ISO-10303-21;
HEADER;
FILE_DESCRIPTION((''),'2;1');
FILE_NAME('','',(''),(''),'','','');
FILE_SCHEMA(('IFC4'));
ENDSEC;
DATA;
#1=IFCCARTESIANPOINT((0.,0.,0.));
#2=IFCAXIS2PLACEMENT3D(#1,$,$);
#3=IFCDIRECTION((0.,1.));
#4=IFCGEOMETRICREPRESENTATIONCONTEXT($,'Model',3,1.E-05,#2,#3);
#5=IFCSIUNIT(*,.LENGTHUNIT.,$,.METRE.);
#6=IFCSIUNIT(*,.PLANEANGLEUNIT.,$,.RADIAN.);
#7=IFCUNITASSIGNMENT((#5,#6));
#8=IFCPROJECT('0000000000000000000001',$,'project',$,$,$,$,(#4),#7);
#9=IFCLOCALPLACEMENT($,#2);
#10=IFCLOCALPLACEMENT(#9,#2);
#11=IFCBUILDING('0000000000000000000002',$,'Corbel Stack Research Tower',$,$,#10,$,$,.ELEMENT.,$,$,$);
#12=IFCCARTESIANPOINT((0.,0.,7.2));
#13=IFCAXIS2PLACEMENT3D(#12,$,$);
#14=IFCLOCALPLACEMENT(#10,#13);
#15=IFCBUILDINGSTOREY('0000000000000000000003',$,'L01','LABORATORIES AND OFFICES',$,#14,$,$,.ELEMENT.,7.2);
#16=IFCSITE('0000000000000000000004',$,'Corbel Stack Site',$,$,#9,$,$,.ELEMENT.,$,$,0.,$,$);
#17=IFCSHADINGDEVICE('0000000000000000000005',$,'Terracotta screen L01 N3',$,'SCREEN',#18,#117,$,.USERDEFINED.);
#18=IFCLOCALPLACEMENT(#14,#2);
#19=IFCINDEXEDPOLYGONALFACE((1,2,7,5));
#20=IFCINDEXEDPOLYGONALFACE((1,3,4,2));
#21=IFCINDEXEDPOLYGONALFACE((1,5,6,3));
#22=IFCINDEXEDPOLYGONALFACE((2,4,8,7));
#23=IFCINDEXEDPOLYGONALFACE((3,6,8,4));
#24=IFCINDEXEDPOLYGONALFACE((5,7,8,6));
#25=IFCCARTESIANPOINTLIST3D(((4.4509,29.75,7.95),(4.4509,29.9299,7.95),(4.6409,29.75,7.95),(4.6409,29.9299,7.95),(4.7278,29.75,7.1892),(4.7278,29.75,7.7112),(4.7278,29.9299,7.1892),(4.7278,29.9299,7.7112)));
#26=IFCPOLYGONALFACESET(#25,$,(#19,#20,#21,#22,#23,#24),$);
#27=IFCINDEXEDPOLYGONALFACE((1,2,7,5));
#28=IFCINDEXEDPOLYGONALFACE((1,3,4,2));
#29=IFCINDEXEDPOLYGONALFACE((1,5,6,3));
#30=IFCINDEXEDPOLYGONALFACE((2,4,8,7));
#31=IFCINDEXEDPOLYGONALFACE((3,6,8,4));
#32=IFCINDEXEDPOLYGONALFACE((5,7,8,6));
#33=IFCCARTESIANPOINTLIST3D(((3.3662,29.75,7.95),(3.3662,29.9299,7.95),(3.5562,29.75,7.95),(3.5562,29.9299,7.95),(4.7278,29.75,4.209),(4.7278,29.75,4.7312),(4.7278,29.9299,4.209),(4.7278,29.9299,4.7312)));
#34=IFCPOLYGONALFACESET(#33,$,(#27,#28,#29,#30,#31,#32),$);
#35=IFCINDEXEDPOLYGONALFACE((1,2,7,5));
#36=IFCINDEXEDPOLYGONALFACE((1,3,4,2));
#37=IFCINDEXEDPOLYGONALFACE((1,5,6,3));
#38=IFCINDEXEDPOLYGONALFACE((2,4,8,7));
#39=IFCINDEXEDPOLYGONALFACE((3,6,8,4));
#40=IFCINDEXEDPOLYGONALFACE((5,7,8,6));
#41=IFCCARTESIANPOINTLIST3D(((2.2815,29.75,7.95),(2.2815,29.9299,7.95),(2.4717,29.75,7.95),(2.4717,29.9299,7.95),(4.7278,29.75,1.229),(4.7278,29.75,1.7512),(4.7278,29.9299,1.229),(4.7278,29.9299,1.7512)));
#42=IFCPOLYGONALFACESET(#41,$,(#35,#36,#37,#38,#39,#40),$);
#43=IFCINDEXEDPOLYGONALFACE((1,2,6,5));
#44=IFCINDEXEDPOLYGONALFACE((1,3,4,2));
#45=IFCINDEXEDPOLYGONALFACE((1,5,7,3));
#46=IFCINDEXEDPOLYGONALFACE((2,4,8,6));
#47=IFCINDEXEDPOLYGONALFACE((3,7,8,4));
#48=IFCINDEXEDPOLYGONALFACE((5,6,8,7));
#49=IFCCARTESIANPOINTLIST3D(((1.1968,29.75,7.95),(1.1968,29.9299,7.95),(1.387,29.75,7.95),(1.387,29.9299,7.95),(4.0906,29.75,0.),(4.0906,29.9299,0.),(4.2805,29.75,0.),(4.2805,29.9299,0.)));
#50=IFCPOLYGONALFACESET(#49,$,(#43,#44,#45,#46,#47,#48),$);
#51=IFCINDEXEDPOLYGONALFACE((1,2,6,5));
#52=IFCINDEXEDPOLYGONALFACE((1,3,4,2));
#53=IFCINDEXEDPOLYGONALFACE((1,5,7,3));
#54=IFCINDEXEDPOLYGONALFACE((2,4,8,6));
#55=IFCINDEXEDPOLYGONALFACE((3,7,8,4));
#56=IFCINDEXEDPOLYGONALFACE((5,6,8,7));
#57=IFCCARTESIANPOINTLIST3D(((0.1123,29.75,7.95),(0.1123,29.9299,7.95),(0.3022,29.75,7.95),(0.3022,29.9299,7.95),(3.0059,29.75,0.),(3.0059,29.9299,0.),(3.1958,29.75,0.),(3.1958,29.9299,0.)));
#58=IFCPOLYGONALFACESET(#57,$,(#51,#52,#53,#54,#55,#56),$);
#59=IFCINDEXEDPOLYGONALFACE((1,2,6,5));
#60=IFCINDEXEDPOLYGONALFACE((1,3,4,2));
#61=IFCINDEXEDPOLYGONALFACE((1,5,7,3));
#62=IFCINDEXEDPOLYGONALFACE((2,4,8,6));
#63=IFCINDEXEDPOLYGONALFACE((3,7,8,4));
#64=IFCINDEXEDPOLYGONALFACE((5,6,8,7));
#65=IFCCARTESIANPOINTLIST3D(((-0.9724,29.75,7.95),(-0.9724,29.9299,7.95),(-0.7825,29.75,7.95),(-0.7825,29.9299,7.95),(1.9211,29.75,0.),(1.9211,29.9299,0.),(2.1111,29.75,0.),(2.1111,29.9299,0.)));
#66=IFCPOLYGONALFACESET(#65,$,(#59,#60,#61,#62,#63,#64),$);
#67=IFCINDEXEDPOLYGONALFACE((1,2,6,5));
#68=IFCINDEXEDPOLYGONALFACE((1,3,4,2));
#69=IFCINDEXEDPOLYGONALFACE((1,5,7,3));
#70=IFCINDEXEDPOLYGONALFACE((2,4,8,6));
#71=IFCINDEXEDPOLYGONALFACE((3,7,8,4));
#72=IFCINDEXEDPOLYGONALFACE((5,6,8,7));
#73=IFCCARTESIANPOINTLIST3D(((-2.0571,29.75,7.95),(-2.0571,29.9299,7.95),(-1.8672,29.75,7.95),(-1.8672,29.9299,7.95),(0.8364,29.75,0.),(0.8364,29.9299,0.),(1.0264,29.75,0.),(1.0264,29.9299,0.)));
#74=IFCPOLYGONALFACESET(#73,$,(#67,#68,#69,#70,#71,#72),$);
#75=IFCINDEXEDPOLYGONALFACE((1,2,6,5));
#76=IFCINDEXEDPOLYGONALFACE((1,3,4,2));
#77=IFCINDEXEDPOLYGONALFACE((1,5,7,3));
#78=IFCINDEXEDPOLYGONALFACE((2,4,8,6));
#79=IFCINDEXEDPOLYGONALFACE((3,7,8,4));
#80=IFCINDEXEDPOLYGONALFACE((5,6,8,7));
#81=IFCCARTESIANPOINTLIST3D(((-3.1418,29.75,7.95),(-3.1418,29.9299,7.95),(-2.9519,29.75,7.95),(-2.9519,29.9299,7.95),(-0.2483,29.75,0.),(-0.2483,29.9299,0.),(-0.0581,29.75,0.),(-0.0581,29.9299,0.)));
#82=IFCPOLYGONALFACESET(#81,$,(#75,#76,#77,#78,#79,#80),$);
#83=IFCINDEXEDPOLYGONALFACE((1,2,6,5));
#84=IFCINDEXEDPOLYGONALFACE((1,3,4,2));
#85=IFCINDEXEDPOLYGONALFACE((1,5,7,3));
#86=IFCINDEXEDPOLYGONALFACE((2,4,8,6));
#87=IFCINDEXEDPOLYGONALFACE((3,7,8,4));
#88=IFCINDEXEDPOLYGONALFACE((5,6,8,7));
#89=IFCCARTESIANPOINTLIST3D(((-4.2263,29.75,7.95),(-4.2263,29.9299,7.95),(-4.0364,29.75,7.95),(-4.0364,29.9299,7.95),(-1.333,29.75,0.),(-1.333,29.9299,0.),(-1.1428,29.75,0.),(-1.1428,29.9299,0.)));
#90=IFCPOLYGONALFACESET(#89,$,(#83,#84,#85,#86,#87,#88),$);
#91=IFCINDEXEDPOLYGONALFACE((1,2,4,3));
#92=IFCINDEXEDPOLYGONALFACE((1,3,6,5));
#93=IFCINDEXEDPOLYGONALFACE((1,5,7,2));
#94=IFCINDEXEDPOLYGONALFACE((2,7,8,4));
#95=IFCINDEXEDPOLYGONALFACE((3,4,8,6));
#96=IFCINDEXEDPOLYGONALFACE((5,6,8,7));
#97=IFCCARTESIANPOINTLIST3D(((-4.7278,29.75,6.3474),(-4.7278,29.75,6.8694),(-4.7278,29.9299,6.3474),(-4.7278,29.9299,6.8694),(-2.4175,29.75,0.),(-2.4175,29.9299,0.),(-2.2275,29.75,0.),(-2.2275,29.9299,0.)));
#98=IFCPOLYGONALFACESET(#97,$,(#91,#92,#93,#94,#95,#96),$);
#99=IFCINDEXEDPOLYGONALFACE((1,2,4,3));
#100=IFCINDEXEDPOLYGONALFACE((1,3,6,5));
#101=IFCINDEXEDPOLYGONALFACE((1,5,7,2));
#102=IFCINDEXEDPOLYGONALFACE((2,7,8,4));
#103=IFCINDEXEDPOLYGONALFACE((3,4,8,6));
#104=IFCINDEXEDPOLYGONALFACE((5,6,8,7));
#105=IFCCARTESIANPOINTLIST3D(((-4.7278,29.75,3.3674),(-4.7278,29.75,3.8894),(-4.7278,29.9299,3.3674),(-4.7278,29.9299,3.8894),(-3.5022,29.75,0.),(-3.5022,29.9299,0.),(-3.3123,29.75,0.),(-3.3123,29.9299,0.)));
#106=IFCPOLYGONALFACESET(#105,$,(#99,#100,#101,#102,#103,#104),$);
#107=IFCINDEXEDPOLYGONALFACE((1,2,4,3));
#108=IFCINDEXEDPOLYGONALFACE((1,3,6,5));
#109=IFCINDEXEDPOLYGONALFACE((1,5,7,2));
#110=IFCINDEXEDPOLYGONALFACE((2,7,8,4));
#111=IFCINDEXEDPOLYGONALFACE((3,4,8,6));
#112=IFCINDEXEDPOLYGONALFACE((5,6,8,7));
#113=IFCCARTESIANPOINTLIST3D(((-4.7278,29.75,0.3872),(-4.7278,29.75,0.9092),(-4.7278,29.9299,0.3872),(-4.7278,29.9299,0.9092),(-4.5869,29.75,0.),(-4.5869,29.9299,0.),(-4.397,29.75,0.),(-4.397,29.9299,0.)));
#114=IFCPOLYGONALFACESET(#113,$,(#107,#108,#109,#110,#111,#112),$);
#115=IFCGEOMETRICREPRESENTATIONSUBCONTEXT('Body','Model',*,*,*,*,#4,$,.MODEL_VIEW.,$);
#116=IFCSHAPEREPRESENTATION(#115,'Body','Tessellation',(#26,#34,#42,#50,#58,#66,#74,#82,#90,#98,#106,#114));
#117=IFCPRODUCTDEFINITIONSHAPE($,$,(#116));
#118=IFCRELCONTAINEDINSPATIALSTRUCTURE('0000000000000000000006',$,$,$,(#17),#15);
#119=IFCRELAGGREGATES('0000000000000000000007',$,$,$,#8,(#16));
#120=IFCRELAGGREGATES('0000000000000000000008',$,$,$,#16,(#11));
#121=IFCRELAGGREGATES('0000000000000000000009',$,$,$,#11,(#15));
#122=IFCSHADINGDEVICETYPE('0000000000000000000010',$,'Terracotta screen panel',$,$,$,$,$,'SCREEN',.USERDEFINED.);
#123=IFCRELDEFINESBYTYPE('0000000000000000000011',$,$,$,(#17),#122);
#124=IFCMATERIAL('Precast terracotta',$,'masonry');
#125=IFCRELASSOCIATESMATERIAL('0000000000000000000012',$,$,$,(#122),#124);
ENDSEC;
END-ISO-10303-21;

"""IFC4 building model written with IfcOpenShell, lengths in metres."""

from ifc_helpers import new_model, si_unit, direction, frame, origin, place, context, subcontext, project, spatial, polyline, outline, extrude, source, transform, mapped, material, type_object, element, save


model = new_model("IFC4")

# Units and contexts
model_context = context("Model", 3, precision=1e-05, world=origin(), true_north=direction((0.0, 1.0)))
body_context = subcontext(model_context, "Body", "Model", "MODEL_VIEW")
ifc_project = project(units=[si_unit("LENGTHUNIT", "METRE"), si_unit("PLANEANGLEUNIT", "RADIAN")], contexts=[model_context])

# Site, building, storey
site_placement = place(None, origin())
site = spatial("IfcSite", under=ifc_project, at=site_placement, Name="Corbel Stack Site", CompositionType="ELEMENT", RefElevation=0.0)
building_placement = place(site_placement, origin())
building = spatial("IfcBuilding", under=site, at=building_placement, Name="Corbel Stack Research Tower", CompositionType="ELEMENT")
storey_placement = place(building_placement, frame((0.0, 0.0, 7.2)))
storey = spatial("IfcBuildingStorey", under=building, at=storey_placement, Name="L01", Description="LABORATORIES AND OFFICES", CompositionType="ELEMENT", Elevation=7.2)

# Shading device
ifc_material_1 = material(Name="Precast terracotta", Category="masonry")
shading_device_type = type_object("IfcShadingDeviceType", Name="Terracotta screen panel", ElementType="SCREEN", PredefinedType="USERDEFINED", material=ifc_material_1)
shared_shape_1 = source(origin(), body_context, "Body", "SweptSolid", [
    extrude(outline(polyline([(0.2769, 7.95), (0.0869, 7.95), (0.0, 7.7112), (0.0, 7.1892), (0.2769, 7.95)])), frame((0.0, 0.0, 0.0), z_axis=(0.0, -1.0, 0.0), x_axis=(1.0, 0.0, 0.0)), (0.0, 0.0, 1.0), 0.1799),
    extrude(outline(polyline([(1.3616, 7.95), (1.1716, 7.95), (0.0, 4.7312), (0.0, 4.209), (1.3616, 7.95)])), frame((0.0, 0.0, 0.0), z_axis=(0.0, -1.0, 0.0), x_axis=(1.0, 0.0, 0.0)), (0.0, 0.0, 1.0), 0.1799),
    extrude(outline(polyline([(2.4463, 7.95), (2.2561, 7.95), (0.0, 1.7512), (0.0, 1.229), (2.4463, 7.95)])), frame((0.0, 0.0, 0.0), z_axis=(0.0, -1.0, 0.0), x_axis=(1.0, 0.0, 0.0)), (0.0, 0.0, 1.0), 0.1799),
    extrude(outline(polyline([(0.6372, 0.0), (3.531, 7.95), (3.3408, 7.95), (0.4473, 0.0), (0.6372, 0.0)])), frame((0.0, 0.0, 0.0), z_axis=(0.0, -1.0, 0.0), x_axis=(1.0, 0.0, 0.0)), (0.0, 0.0, 1.0), 0.1799),
    extrude(outline(polyline([(1.7219, 0.0), (4.6155, 7.95), (4.4255, 7.95), (1.532, 0.0), (1.7219, 0.0)])), frame((0.0, 0.0, 0.0), z_axis=(0.0, -1.0, 0.0), x_axis=(1.0, 0.0, 0.0)), (0.0, 0.0, 1.0), 0.1799),
    extrude(outline(polyline([(2.8066, 0.0), (5.7002, 7.95), (5.5103, 7.95), (2.6167, 0.0), (2.8066, 0.0)])), frame((0.0, 0.0, 0.0), z_axis=(0.0, -1.0, 0.0), x_axis=(1.0, 0.0, 0.0)), (0.0, 0.0, 1.0), 0.1799),
    extrude(outline(polyline([(3.8914, 0.0), (6.7849, 7.95), (6.595, 7.95), (3.7014, 0.0), (3.8914, 0.0)])), frame((0.0, 0.0, 0.0), z_axis=(0.0, -1.0, 0.0), x_axis=(1.0, 0.0, 0.0)), (0.0, 0.0, 1.0), 0.1799),
    extrude(outline(polyline([(4.9761, 0.0), (7.8696, 7.95), (7.6797, 7.95), (4.7859, 0.0), (4.9761, 0.0)])), frame((0.0, 0.0, 0.0), z_axis=(0.0, -1.0, 0.0), x_axis=(1.0, 0.0, 0.0)), (0.0, 0.0, 1.0), 0.1799),
    extrude(outline(polyline([(6.0608, 0.0), (8.9541, 7.95), (8.7642, 7.95), (5.8706, 0.0), (6.0608, 0.0)])), frame((0.0, 0.0, 0.0), z_axis=(0.0, -1.0, 0.0), x_axis=(1.0, 0.0, 0.0)), (0.0, 0.0, 1.0), 0.1799),
    extrude(outline(polyline([(7.1453, 0.0), (9.4556, 6.3474), (9.4556, 6.8694), (6.9553, 0.0), (7.1453, 0.0)])), frame((0.0, 0.0, 0.0), z_axis=(0.0, -1.0, 0.0), x_axis=(1.0, 0.0, 0.0)), (0.0, 0.0, 1.0), 0.1799),
    extrude(outline(polyline([(8.23, 0.0), (9.4556, 3.3674), (9.4556, 3.8894), (8.04, 0.0), (8.23, 0.0)])), frame((0.0, 0.0, 0.0), z_axis=(0.0, -1.0, 0.0), x_axis=(1.0, 0.0, 0.0)), (0.0, 0.0, 1.0), 0.1799),
    extrude(outline(polyline([(9.3147, 0.0), (9.4556, 0.3872), (9.4556, 0.9092), (9.1248, 0.0), (9.3147, 0.0)])), frame((0.0, 0.0, 0.0), z_axis=(0.0, -1.0, 0.0), x_axis=(1.0, 0.0, 0.0)), (0.0, 0.0, 1.0), 0.1799),
])
shading_device_1_placement = place(storey_placement, frame((4.7278, 29.75, 0.0), z_axis=(0.0, 0.0, 1.0), x_axis=(-1.0, 0.0, 0.0)))
element("IfcShadingDevice", 1, at=shading_device_1_placement, inside=storey, type_object=shading_device_type, Name="Terracotta screen L01 N3", ObjectType="SCREEN", PredefinedType="USERDEFINED", context=body_context, shape_type="MappedRepresentation", body=[
    mapped(shared_shape_1, transform((0.0, 0.0, 0.0))),
])

save(model, "model.ifc")
